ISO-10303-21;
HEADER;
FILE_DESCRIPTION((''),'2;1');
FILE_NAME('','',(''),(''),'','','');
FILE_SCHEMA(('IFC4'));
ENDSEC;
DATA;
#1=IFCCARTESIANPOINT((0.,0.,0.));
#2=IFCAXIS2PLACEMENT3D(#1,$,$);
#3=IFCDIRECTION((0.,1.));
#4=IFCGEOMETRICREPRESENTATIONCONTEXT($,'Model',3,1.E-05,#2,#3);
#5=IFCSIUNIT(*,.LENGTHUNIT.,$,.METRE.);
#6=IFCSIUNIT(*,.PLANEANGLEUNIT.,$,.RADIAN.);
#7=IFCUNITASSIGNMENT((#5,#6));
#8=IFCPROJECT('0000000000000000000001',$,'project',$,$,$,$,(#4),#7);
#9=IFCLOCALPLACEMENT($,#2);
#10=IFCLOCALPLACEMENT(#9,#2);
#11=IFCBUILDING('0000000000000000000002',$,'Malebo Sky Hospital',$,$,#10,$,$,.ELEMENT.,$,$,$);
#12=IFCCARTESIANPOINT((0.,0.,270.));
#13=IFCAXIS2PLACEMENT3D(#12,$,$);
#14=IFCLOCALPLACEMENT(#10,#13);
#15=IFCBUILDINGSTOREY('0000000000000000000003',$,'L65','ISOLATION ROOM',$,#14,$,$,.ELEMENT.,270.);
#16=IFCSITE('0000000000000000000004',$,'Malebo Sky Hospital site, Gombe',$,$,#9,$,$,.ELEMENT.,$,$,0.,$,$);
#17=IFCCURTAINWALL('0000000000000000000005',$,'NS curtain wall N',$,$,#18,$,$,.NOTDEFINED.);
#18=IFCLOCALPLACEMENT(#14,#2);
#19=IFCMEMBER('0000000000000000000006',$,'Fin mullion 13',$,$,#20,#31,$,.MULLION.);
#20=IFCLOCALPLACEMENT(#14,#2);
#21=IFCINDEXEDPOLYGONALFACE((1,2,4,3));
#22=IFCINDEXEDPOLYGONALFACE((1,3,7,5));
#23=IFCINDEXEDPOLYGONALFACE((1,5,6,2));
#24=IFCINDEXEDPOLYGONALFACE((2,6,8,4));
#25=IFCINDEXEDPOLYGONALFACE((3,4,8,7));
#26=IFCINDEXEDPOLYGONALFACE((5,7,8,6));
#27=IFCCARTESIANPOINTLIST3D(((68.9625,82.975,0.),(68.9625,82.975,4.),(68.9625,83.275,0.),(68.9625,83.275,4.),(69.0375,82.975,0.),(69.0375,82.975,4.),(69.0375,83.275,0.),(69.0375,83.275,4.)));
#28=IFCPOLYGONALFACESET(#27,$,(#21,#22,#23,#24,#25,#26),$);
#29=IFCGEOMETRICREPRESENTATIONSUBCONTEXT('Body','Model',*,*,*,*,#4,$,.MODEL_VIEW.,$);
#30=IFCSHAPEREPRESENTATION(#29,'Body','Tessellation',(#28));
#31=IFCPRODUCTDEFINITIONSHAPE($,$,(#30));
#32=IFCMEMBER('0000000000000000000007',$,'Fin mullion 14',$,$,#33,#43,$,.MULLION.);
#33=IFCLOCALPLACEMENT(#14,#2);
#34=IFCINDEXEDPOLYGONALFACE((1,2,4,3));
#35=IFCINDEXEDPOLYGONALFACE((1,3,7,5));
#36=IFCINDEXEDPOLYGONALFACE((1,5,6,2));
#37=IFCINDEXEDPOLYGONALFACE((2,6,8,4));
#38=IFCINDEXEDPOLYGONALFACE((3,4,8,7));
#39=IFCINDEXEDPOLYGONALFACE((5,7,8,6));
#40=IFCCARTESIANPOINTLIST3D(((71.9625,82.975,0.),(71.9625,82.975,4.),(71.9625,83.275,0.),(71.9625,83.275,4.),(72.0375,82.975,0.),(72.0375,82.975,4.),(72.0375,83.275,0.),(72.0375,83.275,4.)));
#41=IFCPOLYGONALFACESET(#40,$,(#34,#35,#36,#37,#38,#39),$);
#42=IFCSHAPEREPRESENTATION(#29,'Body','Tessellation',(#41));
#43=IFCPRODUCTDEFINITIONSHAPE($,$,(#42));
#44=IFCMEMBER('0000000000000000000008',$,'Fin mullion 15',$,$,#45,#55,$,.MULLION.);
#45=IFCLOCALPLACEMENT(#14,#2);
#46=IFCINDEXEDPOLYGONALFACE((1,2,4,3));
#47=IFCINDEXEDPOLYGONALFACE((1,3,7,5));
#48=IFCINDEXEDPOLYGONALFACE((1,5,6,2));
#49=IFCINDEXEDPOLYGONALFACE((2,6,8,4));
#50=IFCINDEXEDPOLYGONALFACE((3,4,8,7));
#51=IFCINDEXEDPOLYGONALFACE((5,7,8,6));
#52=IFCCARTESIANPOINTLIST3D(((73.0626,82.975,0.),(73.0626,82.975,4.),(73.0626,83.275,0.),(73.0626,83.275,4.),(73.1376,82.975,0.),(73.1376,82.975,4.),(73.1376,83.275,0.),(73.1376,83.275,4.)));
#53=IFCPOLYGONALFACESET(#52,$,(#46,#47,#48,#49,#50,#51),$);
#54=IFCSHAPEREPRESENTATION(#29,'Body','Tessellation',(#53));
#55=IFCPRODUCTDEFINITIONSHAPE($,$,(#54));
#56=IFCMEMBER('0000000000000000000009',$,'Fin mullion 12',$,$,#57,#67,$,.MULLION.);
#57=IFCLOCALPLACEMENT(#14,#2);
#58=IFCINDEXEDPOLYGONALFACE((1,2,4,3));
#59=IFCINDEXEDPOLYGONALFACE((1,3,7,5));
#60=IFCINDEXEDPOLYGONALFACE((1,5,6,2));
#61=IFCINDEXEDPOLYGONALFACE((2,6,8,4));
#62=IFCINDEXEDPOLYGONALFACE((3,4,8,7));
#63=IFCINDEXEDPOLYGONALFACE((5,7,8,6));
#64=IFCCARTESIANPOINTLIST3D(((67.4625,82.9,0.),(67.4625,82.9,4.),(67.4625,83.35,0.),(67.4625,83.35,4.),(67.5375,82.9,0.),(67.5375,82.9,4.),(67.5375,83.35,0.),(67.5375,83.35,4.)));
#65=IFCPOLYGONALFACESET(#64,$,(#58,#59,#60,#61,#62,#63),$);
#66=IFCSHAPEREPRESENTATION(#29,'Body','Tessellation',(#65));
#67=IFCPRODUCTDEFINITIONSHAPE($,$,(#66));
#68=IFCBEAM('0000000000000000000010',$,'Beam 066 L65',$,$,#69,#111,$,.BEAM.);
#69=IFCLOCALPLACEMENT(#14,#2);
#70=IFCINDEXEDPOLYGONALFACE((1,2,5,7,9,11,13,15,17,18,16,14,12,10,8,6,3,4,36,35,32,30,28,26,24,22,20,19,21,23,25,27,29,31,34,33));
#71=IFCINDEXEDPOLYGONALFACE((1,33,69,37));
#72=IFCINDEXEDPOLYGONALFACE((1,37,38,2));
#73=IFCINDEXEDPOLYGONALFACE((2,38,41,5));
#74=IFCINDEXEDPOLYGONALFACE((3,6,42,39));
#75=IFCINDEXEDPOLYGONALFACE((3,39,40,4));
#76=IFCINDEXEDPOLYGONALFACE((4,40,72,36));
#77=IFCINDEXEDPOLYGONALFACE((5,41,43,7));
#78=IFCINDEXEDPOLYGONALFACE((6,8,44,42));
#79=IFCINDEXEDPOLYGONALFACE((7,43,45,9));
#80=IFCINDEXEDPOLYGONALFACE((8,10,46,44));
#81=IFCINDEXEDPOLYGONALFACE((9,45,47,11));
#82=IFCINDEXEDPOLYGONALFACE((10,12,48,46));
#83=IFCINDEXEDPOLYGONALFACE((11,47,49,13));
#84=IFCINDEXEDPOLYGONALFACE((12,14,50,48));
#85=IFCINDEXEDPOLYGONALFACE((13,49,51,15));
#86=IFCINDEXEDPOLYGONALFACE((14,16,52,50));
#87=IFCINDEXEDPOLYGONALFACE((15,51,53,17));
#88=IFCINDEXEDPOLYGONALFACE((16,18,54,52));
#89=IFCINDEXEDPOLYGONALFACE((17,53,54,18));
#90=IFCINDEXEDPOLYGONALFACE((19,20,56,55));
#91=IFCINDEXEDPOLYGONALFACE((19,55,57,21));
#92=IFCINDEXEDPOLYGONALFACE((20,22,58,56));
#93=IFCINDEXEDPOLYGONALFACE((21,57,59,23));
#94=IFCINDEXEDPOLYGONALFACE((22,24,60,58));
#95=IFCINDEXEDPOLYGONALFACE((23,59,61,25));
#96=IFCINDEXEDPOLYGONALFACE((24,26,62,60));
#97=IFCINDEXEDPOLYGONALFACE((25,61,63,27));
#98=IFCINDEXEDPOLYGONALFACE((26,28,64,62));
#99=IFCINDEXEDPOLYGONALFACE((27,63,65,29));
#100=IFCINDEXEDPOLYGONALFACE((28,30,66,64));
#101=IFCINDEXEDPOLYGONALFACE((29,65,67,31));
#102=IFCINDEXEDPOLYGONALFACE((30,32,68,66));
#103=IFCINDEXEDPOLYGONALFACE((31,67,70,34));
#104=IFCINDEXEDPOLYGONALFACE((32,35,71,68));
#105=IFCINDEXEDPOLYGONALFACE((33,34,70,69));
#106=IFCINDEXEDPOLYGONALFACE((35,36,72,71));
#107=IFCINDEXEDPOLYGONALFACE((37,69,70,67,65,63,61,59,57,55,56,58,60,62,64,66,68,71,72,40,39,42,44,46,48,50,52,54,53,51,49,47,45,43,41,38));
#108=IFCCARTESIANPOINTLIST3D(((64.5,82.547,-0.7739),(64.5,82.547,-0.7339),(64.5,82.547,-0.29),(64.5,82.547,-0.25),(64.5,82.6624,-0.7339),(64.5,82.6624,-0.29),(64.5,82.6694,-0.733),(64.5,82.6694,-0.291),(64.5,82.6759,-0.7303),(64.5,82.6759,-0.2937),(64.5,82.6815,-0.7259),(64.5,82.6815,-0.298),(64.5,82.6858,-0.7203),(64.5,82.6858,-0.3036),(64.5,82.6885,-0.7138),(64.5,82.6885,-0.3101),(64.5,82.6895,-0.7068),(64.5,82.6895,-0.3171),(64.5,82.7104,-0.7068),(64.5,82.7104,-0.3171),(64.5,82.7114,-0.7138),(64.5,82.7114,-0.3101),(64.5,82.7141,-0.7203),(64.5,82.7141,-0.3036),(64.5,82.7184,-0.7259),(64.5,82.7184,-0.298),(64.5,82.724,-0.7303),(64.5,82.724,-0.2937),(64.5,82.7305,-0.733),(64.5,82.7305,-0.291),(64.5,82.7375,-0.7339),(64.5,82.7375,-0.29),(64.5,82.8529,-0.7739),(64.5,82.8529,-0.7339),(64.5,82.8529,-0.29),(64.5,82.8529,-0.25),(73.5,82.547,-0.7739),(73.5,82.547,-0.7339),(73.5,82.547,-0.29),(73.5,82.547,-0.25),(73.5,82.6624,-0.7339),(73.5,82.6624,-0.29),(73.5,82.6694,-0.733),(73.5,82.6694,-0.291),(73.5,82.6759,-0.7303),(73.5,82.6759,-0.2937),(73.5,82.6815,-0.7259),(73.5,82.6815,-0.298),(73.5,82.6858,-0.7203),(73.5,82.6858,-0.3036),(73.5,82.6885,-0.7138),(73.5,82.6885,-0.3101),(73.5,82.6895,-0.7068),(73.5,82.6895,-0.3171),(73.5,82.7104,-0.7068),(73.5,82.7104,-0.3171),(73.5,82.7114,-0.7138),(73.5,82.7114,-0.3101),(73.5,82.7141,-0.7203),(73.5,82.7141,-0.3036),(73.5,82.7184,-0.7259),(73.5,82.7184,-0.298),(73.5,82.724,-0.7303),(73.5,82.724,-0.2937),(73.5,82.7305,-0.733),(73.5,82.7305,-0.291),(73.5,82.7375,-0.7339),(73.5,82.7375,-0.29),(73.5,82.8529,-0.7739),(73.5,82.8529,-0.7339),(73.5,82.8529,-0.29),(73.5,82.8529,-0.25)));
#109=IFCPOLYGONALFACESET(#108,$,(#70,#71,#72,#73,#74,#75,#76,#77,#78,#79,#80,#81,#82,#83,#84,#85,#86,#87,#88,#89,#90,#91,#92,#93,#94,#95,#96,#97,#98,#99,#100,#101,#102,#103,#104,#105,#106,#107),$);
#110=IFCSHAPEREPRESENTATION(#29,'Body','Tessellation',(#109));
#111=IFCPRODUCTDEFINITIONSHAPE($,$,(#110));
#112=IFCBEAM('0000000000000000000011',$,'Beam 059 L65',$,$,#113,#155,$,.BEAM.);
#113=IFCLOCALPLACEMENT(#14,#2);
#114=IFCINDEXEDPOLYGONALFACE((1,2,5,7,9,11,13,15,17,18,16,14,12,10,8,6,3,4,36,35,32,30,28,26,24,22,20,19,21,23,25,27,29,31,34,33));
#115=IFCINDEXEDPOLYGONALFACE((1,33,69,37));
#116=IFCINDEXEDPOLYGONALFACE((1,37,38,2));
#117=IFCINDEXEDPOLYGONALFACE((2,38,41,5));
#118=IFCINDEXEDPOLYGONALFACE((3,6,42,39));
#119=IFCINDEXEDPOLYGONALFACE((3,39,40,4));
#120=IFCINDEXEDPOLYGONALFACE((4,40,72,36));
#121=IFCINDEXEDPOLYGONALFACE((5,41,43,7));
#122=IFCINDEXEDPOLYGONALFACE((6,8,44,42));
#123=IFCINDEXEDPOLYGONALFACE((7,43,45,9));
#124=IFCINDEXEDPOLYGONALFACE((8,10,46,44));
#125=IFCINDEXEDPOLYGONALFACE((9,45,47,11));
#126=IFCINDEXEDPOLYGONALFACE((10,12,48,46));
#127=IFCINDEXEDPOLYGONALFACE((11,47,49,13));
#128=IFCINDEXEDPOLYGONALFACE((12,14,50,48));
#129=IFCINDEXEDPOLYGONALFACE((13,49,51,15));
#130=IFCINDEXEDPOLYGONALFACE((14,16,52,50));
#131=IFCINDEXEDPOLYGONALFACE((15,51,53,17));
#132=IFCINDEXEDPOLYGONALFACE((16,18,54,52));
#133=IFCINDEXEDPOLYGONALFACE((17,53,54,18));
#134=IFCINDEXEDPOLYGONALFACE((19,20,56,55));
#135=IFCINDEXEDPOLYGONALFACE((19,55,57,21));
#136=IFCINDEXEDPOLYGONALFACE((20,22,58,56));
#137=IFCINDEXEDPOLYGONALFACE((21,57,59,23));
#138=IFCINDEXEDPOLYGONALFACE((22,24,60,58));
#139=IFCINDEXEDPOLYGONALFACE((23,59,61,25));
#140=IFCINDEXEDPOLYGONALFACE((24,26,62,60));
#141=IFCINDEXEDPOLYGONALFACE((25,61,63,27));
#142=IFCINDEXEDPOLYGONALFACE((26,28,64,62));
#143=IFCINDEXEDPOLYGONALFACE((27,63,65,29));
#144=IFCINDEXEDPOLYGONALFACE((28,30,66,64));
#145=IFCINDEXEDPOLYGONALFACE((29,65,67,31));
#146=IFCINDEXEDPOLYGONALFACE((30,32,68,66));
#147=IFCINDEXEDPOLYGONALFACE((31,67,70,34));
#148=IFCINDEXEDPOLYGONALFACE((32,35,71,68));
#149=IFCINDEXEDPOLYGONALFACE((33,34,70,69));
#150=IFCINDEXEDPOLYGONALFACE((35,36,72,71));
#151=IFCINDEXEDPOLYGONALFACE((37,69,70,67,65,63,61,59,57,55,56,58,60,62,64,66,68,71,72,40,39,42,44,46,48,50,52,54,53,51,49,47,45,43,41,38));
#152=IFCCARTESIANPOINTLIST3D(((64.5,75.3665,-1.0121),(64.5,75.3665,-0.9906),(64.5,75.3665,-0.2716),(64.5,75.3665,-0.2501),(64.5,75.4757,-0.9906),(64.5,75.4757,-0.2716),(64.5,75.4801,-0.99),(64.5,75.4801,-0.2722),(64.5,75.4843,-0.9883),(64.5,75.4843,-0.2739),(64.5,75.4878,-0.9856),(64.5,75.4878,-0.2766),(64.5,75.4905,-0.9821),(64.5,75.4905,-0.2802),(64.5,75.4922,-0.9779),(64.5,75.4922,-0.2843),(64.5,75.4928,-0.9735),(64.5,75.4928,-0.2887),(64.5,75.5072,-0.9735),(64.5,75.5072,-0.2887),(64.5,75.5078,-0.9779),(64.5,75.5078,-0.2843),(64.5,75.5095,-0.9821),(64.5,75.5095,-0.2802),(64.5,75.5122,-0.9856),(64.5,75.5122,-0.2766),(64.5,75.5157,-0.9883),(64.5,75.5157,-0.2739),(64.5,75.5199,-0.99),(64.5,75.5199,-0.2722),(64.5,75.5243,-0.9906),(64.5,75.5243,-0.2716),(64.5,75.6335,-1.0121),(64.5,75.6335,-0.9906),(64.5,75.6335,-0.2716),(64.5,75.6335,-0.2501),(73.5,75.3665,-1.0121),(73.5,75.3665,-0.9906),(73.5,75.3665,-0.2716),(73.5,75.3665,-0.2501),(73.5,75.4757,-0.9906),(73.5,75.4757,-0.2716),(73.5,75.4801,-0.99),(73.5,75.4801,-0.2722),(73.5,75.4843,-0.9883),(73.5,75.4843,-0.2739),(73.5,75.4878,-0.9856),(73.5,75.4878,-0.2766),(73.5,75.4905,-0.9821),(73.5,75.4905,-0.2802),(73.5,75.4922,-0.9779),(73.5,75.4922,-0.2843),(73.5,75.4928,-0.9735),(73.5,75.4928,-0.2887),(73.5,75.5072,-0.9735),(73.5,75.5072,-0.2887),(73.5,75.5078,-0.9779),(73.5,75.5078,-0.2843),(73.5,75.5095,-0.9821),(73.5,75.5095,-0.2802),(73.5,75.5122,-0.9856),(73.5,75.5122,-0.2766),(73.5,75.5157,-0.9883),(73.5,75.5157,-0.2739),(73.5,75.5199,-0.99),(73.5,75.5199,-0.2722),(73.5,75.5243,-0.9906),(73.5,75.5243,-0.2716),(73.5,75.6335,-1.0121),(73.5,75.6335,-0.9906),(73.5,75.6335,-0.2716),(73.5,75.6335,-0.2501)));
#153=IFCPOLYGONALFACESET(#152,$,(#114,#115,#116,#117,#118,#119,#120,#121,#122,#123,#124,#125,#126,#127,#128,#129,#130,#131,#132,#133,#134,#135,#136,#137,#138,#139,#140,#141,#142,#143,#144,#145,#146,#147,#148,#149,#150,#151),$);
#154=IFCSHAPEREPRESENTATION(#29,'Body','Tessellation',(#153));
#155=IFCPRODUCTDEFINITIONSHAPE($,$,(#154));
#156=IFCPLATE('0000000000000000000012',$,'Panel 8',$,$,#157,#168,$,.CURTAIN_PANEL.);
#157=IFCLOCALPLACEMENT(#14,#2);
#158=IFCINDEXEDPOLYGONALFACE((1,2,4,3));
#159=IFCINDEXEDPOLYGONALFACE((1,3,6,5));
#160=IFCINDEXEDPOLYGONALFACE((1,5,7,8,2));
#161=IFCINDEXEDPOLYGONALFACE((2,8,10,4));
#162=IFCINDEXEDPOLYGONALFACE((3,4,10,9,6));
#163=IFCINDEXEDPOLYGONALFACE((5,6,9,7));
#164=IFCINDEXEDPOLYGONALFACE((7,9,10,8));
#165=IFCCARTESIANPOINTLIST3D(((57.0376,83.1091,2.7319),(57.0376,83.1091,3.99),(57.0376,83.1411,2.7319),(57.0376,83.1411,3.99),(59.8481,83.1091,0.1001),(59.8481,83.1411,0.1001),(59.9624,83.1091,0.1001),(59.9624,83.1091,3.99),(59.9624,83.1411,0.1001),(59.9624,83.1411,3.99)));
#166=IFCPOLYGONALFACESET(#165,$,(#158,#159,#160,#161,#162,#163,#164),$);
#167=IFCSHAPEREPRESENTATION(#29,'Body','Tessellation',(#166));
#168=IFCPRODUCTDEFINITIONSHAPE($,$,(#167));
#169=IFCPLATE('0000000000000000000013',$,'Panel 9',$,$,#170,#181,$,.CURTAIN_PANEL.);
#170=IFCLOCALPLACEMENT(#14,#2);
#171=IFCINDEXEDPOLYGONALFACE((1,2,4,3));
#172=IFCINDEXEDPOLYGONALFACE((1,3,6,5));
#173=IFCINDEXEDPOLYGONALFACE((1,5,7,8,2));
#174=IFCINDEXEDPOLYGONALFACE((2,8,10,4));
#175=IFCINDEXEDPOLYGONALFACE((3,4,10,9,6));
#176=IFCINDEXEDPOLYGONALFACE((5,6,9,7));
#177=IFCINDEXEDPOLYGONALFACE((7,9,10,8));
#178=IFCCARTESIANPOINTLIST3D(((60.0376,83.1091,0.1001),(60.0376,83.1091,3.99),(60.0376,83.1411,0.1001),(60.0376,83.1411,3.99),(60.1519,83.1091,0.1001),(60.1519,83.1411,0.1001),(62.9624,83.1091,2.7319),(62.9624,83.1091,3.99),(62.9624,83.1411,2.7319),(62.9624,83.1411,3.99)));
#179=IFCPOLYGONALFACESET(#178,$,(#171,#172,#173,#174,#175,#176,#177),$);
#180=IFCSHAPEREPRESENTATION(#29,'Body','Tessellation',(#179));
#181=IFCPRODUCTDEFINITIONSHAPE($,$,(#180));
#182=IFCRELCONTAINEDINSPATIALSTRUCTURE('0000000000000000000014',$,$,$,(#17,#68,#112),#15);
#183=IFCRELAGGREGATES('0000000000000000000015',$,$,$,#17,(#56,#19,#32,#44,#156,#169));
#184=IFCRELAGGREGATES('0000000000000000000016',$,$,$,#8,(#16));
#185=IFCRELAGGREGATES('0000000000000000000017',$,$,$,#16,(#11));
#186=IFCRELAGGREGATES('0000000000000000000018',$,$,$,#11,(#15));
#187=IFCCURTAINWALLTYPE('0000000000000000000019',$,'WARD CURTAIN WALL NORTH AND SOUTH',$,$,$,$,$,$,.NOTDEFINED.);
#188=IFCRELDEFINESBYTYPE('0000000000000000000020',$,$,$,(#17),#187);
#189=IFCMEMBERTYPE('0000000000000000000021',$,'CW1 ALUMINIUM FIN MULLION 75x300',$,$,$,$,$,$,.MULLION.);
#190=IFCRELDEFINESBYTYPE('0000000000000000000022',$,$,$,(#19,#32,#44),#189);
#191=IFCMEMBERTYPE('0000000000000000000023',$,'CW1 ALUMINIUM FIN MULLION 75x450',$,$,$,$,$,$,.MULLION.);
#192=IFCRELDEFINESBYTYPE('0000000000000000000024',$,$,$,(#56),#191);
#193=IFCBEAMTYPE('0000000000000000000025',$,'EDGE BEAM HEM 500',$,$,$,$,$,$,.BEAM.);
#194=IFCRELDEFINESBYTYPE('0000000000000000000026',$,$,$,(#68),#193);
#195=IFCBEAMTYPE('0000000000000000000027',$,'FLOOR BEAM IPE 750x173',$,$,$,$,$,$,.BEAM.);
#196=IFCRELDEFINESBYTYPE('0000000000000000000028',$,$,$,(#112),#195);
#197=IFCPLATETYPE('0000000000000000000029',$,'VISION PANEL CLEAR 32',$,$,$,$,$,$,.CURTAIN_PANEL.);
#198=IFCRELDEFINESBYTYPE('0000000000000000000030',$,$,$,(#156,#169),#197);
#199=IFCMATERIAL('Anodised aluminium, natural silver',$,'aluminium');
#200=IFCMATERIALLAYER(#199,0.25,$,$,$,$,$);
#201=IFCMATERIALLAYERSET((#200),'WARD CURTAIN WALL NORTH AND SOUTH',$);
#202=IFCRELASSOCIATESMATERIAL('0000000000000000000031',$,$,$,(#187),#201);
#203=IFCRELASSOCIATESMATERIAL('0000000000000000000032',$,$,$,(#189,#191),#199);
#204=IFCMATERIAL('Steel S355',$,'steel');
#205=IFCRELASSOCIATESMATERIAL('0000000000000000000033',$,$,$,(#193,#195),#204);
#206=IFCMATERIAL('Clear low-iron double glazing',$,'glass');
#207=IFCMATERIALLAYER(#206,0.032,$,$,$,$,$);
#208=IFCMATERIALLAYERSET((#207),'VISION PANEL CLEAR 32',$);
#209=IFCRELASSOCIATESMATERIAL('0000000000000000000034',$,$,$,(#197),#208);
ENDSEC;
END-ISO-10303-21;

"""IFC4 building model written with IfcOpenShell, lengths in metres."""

from ifc_helpers import new_model, si_unit, direction, frame, origin, origin_2d, place, context, subcontext, project, spatial, polyline, rectangle, i_section, outline, extrude, material, layer, layer_set, material_profile, profile_set, type_object, element, aggregate, save


model = new_model("IFC4")

# Units and contexts
model_context = context("Model", 3, precision=1e-05, world=origin(), true_north=direction((0.0, 1.0)))
body_context = subcontext(model_context, "Body", "Model", "MODEL_VIEW")
ifc_project = project(units=[si_unit("LENGTHUNIT", "METRE"), si_unit("PLANEANGLEUNIT", "RADIAN")], contexts=[model_context])

# Site, building, storey
site_placement = place(None, origin())
site = spatial("IfcSite", under=ifc_project, at=site_placement, Name="Malebo Sky Hospital site, Gombe", CompositionType="ELEMENT", RefElevation=0.0)
building_placement = place(site_placement, origin())
building = spatial("IfcBuilding", under=site, at=building_placement, Name="Malebo Sky Hospital", CompositionType="ELEMENT")
storey_placement = place(building_placement, frame((0.0, 0.0, 270.0)))
storey = spatial("IfcBuildingStorey", under=building, at=storey_placement, Name="L65", Description="ISOLATION ROOM", CompositionType="ELEMENT", Elevation=270.0)

# Curtain wall
ifc_material_1 = material(Name="Anodised aluminium, natural silver", Category="aluminium")
ifc_layer_1 = layer(ifc_material_1, 0.25)
ifc_layer_set_1 = layer_set([ifc_layer_1], Name="WARD CURTAIN WALL NORTH AND SOUTH")
curtain_wall_type = type_object("IfcCurtainWallType", Name="WARD CURTAIN WALL NORTH AND SOUTH", PredefinedType="NOTDEFINED", material=ifc_layer_set_1)
curtain_wall_placement = place(storey_placement, origin())
curtain_wall = element("IfcCurtainWall", 1, at=curtain_wall_placement, inside=storey, type_object=curtain_wall_type, Name="NS curtain wall N", PredefinedType="NOTDEFINED")

# Shared definitions
ifc_material_2 = material(Name="Steel S355", Category="steel")

# Members
ifc_material_profile_1 = material_profile(ifc_material_1, rectangle(XDim=0.075, YDim=0.3, at=origin_2d()), Name="CW1 ALUMINIUM FIN MULLION 75x300")
ifc_profile_set_1 = profile_set([ifc_material_profile_1], Name="Anodised aluminium, natural silver")
member_type_1 = type_object("IfcMemberType", Name="CW1 ALUMINIUM FIN MULLION 75x300", PredefinedType="MULLION", material=ifc_profile_set_1)
member_1_placement = place(storey_placement, frame((69.0, 83.125, 0.0), z_axis=(0.0, 0.0, 1.0), x_axis=(1.0, 0.0, 0.0)))
member_1 = element("IfcMember", 2, at=member_1_placement, type_object=member_type_1, Name="Fin mullion 13", PredefinedType="MULLION", context=body_context, shape_type="SweptSolid", body=[
    extrude(rectangle(XDim=0.075, YDim=0.3, at=origin_2d()), origin(), (0.0, 0.0, 1.0), 4.0),
])
member_2_placement = place(storey_placement, frame((72.0, 83.125, 0.0), z_axis=(0.0, 0.0, 1.0), x_axis=(1.0, 0.0, 0.0)))
member_2 = element("IfcMember", 3, at=member_2_placement, type_object=member_type_1, Name="Fin mullion 14", PredefinedType="MULLION", context=body_context, shape_type="SweptSolid", body=[
    extrude(rectangle(XDim=0.075, YDim=0.3, at=origin_2d()), origin(), (0.0, 0.0, 1.0), 4.0),
])
member_3_placement = place(storey_placement, frame((73.1001, 83.125, 0.0), z_axis=(0.0, 0.0, 1.0), x_axis=(1.0, 0.0, 0.0)))
member_3 = element("IfcMember", 4, at=member_3_placement, type_object=member_type_1, Name="Fin mullion 15", PredefinedType="MULLION", context=body_context, shape_type="SweptSolid", body=[
    extrude(rectangle(XDim=0.075, YDim=0.3, at=origin_2d()), origin(), (0.0, 0.0, 1.0), 4.0),
])
ifc_material_profile_2 = material_profile(ifc_material_1, rectangle(XDim=0.075, YDim=0.45, at=origin_2d()), Name="CW1 ALUMINIUM FIN MULLION 75x450")
ifc_profile_set_2 = profile_set([ifc_material_profile_2], Name="Anodised aluminium, natural silver")
member_type_2 = type_object("IfcMemberType", Name="CW1 ALUMINIUM FIN MULLION 75x450", PredefinedType="MULLION", material=ifc_profile_set_2)
member_4_placement = place(storey_placement, frame((67.5, 83.125, 0.0), z_axis=(0.0, 0.0, 1.0), x_axis=(1.0, 0.0, 0.0)))
member_4 = element("IfcMember", 5, at=member_4_placement, type_object=member_type_2, Name="Fin mullion 12", PredefinedType="MULLION", context=body_context, shape_type="SweptSolid", body=[
    extrude(rectangle(XDim=0.075, YDim=0.45, at=origin_2d()), origin(), (0.0, 0.0, 1.0), 4.0),
])

# Beams
ifc_material_profile_3 = material_profile(ifc_material_2, i_section(OverallWidth=0.3059, OverallDepth=0.5239, WebThickness=0.021, FlangeThickness=0.04, FilletRadius=0.0271, at=origin_2d()), Name="HEM 500")
ifc_profile_set_3 = profile_set([ifc_material_profile_3], Name="Steel S355")
beam_type_1 = type_object("IfcBeamType", Name="EDGE BEAM HEM 500", PredefinedType="BEAM", material=ifc_profile_set_3)
beam_1_placement = place(storey_placement, frame((64.5, 82.7, -0.512), z_axis=(1.0, 0.0, 0.0), x_axis=(0.0, 1.0, 0.0)))
element("IfcBeam", 6, at=beam_1_placement, inside=storey, type_object=beam_type_1, Name="Beam 066 L65", PredefinedType="BEAM", context=body_context, shape_type="SweptSolid", body=[
    extrude(i_section(OverallWidth=0.3059, OverallDepth=0.5239, WebThickness=0.021, FlangeThickness=0.04, FilletRadius=0.0271, at=origin_2d()), origin(), (0.0, 0.0, 1.0), 9.0),
])
ifc_material_profile_4 = material_profile(ifc_material_2, i_section(OverallWidth=0.2671, OverallDepth=0.762, WebThickness=0.0144, FlangeThickness=0.0215, FilletRadius=0.0171, at=origin_2d()), Name="IPE 750x173")
ifc_profile_set_4 = profile_set([ifc_material_profile_4], Name="Steel S355")
beam_type_2 = type_object("IfcBeamType", Name="FLOOR BEAM IPE 750x173", PredefinedType="BEAM", material=ifc_profile_set_4)
beam_2_placement = place(storey_placement, frame((64.5, 75.5, -0.6311), z_axis=(1.0, 0.0, 0.0), x_axis=(0.0, 1.0, 0.0)))
element("IfcBeam", 7, at=beam_2_placement, inside=storey, type_object=beam_type_2, Name="Beam 059 L65", PredefinedType="BEAM", context=body_context, shape_type="SweptSolid", body=[
    extrude(i_section(OverallWidth=0.2671, OverallDepth=0.762, WebThickness=0.0144, FlangeThickness=0.0215, FilletRadius=0.0171, at=origin_2d()), origin(), (0.0, 0.0, 1.0), 9.0),
])

# Plates
ifc_material_3 = material(Name="Clear low-iron double glazing", Category="glass")
ifc_layer_2 = layer(ifc_material_3, 0.032)
ifc_layer_set_2 = layer_set([ifc_layer_2], Name="VISION PANEL CLEAR 32")
plate_type = type_object("IfcPlateType", Name="VISION PANEL CLEAR 32", PredefinedType="CURTAIN_PANEL", material=ifc_layer_set_2)
plate_1_placement = place(storey_placement, frame((58.5, 83.125, 0.1001), z_axis=(0.0, 0.0, 1.0), x_axis=(1.0, 0.0, 0.0)))
plate_1 = element("IfcPlate", 8, at=plate_1_placement, type_object=plate_type, Name="Panel 8", PredefinedType="CURTAIN_PANEL", context=body_context, shape_type="SweptSolid", body=[
    extrude(outline(polyline([(1.3481, 0.0), (1.4624, 0.0), (1.4624, 3.8899), (-1.4624, 3.8899), (-1.4624, 2.6318), (1.3481, 0.0)])), frame((0.0, 0.0161, 0.0), z_axis=(0.0, -1.0, 0.0), x_axis=(1.0, 0.0, 0.0)), (0.0, 0.0, 1.0), 0.032),
])
plate_2_placement = place(storey_placement, frame((61.5, 83.125, 0.1001), z_axis=(0.0, 0.0, 1.0), x_axis=(1.0, 0.0, 0.0)))
plate_2 = element("IfcPlate", 9, at=plate_2_placement, type_object=plate_type, Name="Panel 9", PredefinedType="CURTAIN_PANEL", context=body_context, shape_type="SweptSolid", body=[
    extrude(outline(polyline([(-1.4624, 0.0), (-1.3481, 0.0), (1.4624, 2.6318), (1.4624, 3.8899), (-1.4624, 3.8899), (-1.4624, 0.0)])), frame((0.0, 0.0161, 0.0), z_axis=(0.0, -1.0, 0.0), x_axis=(1.0, 0.0, 0.0)), (0.0, 0.0, 1.0), 0.032),
])
aggregate(curtain_wall, [member_4, member_1, member_2, member_3, plate_1, plate_2])

save(model, "model.ifc")
